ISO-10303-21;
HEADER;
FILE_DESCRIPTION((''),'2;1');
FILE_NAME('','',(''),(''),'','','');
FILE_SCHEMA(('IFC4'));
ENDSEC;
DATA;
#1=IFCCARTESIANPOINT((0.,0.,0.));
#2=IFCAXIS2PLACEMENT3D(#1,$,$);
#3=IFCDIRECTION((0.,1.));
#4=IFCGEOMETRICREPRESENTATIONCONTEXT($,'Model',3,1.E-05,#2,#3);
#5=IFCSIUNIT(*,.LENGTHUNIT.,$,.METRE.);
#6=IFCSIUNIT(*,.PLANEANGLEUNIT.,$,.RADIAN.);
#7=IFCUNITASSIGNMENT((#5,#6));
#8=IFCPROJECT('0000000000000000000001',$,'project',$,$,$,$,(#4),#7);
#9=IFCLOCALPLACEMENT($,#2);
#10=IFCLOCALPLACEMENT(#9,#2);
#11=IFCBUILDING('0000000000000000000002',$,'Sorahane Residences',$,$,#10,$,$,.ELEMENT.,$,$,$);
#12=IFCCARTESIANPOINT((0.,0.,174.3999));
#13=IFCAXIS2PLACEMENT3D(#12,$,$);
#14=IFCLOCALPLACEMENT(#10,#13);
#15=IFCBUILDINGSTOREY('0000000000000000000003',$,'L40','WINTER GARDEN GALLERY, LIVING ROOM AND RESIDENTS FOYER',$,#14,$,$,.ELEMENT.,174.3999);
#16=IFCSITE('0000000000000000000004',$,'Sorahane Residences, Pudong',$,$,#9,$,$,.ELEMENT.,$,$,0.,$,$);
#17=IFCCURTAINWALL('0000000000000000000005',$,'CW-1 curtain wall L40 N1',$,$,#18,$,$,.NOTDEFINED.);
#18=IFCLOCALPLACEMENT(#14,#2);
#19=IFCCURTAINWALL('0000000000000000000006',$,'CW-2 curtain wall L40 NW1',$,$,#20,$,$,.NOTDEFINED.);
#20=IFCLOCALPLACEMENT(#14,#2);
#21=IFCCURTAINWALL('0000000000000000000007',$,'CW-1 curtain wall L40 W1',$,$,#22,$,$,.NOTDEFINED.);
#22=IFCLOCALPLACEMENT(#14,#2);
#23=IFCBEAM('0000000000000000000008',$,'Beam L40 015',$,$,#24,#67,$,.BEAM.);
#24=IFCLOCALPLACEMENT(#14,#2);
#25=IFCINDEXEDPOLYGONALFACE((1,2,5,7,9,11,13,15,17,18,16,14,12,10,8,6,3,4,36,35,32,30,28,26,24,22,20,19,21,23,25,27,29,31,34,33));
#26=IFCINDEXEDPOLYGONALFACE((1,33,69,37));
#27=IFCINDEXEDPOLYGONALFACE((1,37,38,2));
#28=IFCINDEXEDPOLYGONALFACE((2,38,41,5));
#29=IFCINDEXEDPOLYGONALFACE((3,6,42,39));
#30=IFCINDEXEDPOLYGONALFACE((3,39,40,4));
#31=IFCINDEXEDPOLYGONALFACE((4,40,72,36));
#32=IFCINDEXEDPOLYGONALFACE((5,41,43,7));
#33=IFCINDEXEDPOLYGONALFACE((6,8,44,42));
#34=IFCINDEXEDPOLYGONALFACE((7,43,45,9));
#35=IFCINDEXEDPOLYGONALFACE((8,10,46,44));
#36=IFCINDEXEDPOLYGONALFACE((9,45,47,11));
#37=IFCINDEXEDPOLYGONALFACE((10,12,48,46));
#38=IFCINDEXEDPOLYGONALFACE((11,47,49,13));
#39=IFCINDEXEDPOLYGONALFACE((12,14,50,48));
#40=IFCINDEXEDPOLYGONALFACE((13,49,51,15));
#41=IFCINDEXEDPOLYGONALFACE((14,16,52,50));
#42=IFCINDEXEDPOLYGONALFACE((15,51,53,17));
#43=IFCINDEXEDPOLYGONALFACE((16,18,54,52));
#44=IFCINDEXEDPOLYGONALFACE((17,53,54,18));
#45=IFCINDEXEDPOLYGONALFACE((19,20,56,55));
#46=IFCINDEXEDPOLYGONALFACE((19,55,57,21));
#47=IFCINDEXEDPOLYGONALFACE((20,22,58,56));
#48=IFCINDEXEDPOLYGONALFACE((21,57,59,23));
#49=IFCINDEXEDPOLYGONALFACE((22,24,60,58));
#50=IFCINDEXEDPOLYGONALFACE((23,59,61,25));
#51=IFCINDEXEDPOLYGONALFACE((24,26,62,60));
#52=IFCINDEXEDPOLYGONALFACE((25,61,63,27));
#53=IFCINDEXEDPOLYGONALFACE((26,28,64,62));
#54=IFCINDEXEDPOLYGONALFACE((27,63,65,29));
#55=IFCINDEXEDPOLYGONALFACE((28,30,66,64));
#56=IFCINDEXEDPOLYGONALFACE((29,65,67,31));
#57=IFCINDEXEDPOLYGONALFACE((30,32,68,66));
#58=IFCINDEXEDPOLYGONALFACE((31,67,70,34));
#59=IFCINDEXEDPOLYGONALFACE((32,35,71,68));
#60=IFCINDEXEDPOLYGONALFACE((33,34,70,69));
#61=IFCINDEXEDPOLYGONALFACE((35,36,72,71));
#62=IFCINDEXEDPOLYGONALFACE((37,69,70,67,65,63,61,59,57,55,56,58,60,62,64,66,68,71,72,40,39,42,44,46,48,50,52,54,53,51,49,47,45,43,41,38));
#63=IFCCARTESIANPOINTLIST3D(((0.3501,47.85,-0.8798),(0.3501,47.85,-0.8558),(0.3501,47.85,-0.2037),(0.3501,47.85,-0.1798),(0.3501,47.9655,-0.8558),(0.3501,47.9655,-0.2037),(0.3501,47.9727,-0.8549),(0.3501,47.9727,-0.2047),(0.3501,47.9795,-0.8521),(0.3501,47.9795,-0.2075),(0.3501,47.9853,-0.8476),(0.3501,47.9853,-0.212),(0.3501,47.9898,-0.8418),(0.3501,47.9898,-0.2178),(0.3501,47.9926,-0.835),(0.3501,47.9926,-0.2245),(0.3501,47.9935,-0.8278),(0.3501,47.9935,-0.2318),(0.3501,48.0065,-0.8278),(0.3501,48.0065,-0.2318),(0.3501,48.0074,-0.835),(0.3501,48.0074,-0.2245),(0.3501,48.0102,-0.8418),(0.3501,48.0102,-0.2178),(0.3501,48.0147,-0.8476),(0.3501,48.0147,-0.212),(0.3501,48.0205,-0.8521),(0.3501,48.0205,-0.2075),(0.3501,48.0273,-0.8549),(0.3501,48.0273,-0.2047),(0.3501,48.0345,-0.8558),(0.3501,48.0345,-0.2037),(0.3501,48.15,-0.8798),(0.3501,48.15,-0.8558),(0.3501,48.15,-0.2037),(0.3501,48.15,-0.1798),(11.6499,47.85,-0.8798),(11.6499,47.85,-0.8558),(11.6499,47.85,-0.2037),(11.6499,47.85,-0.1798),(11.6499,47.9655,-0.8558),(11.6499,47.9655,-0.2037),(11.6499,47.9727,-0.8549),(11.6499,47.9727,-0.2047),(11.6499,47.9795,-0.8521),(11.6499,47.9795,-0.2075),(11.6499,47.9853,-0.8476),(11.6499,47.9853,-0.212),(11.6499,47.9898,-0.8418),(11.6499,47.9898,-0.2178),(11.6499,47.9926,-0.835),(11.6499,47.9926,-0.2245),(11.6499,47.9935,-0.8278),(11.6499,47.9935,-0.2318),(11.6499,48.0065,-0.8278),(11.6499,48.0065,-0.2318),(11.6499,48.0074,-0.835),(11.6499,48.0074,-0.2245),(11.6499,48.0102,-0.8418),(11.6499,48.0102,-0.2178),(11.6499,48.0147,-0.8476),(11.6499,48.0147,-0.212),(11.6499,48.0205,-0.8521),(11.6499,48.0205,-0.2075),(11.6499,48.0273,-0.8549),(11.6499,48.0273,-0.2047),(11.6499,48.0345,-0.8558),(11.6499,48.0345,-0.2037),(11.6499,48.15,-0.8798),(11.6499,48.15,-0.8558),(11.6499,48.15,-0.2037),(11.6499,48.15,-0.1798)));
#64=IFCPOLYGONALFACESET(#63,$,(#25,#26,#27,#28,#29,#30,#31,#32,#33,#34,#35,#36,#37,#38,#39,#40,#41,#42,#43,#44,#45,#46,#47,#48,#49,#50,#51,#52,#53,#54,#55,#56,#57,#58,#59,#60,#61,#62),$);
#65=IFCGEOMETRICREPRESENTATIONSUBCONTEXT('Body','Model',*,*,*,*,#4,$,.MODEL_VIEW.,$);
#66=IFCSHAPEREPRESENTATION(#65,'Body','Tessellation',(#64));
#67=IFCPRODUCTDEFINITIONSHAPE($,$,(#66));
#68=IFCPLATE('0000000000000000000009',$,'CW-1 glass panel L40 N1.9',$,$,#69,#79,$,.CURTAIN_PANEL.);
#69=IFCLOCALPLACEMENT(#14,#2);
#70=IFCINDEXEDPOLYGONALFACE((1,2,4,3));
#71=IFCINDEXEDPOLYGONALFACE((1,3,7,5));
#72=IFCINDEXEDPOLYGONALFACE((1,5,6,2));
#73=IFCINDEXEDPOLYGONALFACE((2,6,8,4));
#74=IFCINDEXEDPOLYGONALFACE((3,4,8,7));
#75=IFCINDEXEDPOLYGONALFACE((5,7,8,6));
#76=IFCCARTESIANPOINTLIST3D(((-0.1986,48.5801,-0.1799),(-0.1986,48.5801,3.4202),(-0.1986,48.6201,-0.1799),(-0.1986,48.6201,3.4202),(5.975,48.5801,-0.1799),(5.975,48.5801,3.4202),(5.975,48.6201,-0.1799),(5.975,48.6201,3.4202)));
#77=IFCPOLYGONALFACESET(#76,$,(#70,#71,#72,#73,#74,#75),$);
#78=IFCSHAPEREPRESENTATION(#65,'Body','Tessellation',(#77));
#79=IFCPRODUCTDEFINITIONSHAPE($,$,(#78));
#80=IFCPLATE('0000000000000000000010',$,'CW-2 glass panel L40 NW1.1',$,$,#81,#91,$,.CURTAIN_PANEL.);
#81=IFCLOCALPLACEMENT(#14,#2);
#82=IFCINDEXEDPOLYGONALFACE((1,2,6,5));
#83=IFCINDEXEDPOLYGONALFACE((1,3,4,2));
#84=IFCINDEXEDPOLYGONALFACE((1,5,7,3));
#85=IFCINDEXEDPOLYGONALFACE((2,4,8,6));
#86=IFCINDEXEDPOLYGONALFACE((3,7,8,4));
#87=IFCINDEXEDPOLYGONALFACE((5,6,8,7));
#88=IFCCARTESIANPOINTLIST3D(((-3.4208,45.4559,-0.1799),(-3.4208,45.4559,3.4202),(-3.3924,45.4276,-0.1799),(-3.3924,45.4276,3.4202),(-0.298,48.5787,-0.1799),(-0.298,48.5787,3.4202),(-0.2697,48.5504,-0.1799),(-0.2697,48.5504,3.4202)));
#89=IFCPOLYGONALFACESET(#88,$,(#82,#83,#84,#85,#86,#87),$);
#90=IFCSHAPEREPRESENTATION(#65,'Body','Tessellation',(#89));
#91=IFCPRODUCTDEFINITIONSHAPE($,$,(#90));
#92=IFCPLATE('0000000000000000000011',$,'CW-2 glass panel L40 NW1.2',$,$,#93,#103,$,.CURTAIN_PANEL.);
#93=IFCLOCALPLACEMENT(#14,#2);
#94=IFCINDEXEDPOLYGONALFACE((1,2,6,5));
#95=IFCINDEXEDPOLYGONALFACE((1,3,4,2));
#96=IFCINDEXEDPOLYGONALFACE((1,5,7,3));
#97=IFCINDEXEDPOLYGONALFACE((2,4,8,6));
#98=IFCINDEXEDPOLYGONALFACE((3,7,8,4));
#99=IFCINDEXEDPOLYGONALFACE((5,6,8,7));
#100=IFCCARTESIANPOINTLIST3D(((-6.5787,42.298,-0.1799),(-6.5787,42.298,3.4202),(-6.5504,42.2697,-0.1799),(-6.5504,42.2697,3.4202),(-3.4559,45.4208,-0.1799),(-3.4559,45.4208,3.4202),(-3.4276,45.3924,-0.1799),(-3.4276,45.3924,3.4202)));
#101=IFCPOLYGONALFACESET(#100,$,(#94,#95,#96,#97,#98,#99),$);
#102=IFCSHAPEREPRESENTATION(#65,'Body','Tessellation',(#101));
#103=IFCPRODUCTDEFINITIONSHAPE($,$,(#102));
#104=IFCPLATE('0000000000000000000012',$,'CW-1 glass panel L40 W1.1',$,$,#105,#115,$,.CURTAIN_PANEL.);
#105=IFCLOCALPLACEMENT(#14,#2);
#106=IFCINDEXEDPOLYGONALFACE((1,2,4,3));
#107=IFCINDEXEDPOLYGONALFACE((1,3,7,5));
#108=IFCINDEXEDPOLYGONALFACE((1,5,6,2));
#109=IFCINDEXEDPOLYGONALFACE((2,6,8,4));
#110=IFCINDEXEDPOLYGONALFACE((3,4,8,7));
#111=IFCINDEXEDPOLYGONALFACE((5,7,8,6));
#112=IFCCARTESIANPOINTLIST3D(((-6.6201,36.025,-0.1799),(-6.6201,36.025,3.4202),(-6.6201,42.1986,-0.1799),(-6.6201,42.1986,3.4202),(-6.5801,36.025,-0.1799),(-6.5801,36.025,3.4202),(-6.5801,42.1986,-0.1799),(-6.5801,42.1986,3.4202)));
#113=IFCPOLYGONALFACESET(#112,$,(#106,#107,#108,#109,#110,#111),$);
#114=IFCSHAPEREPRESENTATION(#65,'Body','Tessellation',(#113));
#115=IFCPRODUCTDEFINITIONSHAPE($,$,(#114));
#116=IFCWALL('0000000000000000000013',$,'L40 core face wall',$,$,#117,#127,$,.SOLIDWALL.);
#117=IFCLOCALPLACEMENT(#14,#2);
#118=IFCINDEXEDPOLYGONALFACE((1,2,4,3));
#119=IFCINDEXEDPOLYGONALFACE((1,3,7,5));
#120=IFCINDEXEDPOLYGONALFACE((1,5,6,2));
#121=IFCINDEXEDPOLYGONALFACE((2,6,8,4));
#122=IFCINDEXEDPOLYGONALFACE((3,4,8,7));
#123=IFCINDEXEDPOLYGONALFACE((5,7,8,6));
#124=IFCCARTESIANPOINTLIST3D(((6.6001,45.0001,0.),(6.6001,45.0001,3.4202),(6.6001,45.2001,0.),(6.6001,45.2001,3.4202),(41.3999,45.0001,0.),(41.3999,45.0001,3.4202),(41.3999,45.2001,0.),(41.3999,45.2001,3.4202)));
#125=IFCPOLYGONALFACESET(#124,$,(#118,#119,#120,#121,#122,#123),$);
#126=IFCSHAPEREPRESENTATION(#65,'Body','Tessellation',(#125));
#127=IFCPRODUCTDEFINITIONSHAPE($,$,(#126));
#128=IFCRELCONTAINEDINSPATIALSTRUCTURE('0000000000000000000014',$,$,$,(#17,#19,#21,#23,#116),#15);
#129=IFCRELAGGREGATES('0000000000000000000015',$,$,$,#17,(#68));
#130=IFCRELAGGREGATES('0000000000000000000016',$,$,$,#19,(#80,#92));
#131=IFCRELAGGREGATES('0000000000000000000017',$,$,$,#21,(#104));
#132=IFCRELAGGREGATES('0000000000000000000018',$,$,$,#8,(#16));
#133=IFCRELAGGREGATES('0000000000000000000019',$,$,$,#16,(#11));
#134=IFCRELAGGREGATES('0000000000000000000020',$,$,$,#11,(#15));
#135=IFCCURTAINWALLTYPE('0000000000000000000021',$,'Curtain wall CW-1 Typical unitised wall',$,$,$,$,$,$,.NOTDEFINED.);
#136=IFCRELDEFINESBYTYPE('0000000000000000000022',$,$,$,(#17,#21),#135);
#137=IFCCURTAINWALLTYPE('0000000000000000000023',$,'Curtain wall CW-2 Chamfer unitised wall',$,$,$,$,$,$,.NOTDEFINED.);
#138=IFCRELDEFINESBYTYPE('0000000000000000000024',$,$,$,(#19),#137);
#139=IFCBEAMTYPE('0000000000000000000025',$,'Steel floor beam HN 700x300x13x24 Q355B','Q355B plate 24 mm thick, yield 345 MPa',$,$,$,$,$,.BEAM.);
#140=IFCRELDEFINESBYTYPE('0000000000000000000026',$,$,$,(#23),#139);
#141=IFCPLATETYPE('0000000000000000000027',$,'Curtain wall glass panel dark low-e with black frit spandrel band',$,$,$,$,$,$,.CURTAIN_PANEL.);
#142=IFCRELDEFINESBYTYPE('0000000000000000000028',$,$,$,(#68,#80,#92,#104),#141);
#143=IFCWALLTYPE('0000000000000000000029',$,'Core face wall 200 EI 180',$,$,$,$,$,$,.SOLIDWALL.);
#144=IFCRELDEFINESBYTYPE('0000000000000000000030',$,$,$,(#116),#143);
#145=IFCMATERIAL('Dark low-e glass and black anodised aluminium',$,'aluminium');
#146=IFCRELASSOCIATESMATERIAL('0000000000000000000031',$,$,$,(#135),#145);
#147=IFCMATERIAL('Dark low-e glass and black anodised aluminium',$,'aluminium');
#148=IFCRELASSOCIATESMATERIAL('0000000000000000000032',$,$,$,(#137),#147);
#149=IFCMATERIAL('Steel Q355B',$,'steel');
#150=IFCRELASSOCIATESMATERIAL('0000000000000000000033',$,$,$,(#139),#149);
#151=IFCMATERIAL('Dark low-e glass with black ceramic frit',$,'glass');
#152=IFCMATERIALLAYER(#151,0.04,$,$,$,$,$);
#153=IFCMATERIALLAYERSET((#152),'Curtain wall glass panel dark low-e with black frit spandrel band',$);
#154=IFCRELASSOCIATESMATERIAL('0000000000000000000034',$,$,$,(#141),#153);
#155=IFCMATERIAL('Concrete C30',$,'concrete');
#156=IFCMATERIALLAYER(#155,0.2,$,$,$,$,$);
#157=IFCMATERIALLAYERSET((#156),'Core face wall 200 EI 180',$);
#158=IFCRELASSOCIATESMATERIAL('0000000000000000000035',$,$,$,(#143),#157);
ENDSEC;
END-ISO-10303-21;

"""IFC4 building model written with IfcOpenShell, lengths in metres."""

from ifc_helpers import new_model, si_unit, direction, frame, frame_2d, origin, origin_2d, place, context, subcontext, project, spatial, rectangle, i_section, extrude, material, layer, layer_set, material_profile, profile_set, type_object, element, aggregate, save


model = new_model("IFC4")

# Units and contexts
model_context = context("Model", 3, precision=1e-05, world=origin(), true_north=direction((0.0, 1.0)))
body_context = subcontext(model_context, "Body", "Model", "MODEL_VIEW")
ifc_project = project(units=[si_unit("LENGTHUNIT", "METRE"), si_unit("PLANEANGLEUNIT", "RADIAN")], contexts=[model_context])

# Site, building, storey
site_placement = place(None, origin())
site = spatial("IfcSite", under=ifc_project, at=site_placement, Name="Sorahane Residences, Pudong", CompositionType="ELEMENT", RefElevation=0.0)
building_placement = place(site_placement, origin())
building = spatial("IfcBuilding", under=site, at=building_placement, Name="Sorahane Residences", CompositionType="ELEMENT")
storey_placement = place(building_placement, frame((0.0, 0.0, 174.3999)))
storey = spatial("IfcBuildingStorey", under=building, at=storey_placement, Name="L40", Description="WINTER GARDEN GALLERY, LIVING ROOM AND RESIDENTS FOYER", CompositionType="ELEMENT", Elevation=174.3999)

# Curtain walls
ifc_material_1 = material(Name="Dark low-e glass and black anodised aluminium", Category="aluminium")
curtain_wall_type_1 = type_object("IfcCurtainWallType", Name="Curtain wall CW-1 Typical unitised wall", PredefinedType="NOTDEFINED", material=ifc_material_1)
curtain_wall_1_placement = place(storey_placement, origin())
curtain_wall_1 = element("IfcCurtainWall", 1, at=curtain_wall_1_placement, inside=storey, type_object=curtain_wall_type_1, Name="CW-1 curtain wall L40 N1", PredefinedType="NOTDEFINED")
ifc_material_2 = material(Name="Dark low-e glass and black anodised aluminium", Category="aluminium")
curtain_wall_type_2 = type_object("IfcCurtainWallType", Name="Curtain wall CW-2 Chamfer unitised wall", PredefinedType="NOTDEFINED", material=ifc_material_2)
curtain_wall_2_placement = place(storey_placement, origin())
curtain_wall_2 = element("IfcCurtainWall", 2, at=curtain_wall_2_placement, inside=storey, type_object=curtain_wall_type_2, Name="CW-2 curtain wall L40 NW1", PredefinedType="NOTDEFINED")

# Curtain wall
curtain_wall_3_placement = place(storey_placement, origin())
curtain_wall_3 = element("IfcCurtainWall", 3, at=curtain_wall_3_placement, inside=storey, type_object=curtain_wall_type_1, Name="CW-1 curtain wall L40 W1", PredefinedType="NOTDEFINED")

# Beam
ifc_material_3 = material(Name="Steel Q355B", Category="steel")
ifc_material_profile_1 = material_profile(ifc_material_3, i_section(OverallWidth=0.3, OverallDepth=0.7, WebThickness=0.0129, FlangeThickness=0.0239, FilletRadius=0.0281, at=origin_2d()), Name="HN 700x300x13x24")
ifc_profile_set_1 = profile_set([ifc_material_profile_1], Name="Steel Q355B")
beam_type_1 = type_object("IfcBeamType", Name="Steel floor beam HN 700x300x13x24 Q355B", Description="Q355B plate 24 mm thick, yield 345 MPa", PredefinedType="BEAM", material=ifc_profile_set_1)
beam_1_placement = place(storey_placement, frame((0.3501, 48.0, -0.5298), z_axis=(1.0, 0.0, 0.0), x_axis=(0.0, 1.0, 0.0)))
element("IfcBeam", 4, at=beam_1_placement, inside=storey, type_object=beam_type_1, Name="Beam L40 015", PredefinedType="BEAM", context=body_context, shape_type="SweptSolid", body=[
    extrude(i_section(OverallWidth=0.3, OverallDepth=0.7, WebThickness=0.0129, FlangeThickness=0.0239, FilletRadius=0.0281, at=origin_2d()), origin(), (0.0, 0.0, 1.0), 11.2998),
])

# Plates
ifc_material_4 = material(Name="Dark low-e glass with black ceramic frit", Category="glass")
ifc_layer_1 = layer(ifc_material_4, 0.04)
ifc_layer_set_1 = layer_set([ifc_layer_1], Name="Curtain wall glass panel dark low-e with black frit spandrel band")
plate_type = type_object("IfcPlateType", Name="Curtain wall glass panel dark low-e with black frit spandrel band", PredefinedType="CURTAIN_PANEL", material=ifc_layer_set_1)
plate_1_placement = place(storey_placement, frame((2.8882, 48.6001, -0.1799), z_axis=(0.0, 0.0, 1.0), x_axis=(-1.0, 0.0, 0.0)))
plate_1 = element("IfcPlate", 5, at=plate_1_placement, type_object=plate_type, Name="CW-1 glass panel L40 N1.9", PredefinedType="CURTAIN_PANEL", context=body_context, shape_type="SweptSolid", body=[
    extrude(rectangle(XDim=6.1736, YDim=0.04, at=origin_2d()), origin(), (0.0, 0.0, 1.0), 3.6001),
])
aggregate(curtain_wall_1, [plate_1])
plate_2_placement = place(storey_placement, frame((-1.8452, 47.0032, -0.1799), z_axis=(0.0, 0.0, 1.0), x_axis=(-0.707107, -0.707107, 0.0)))
plate_2 = element("IfcPlate", 6, at=plate_2_placement, type_object=plate_type, Name="CW-2 glass panel L40 NW1.1", PredefinedType="CURTAIN_PANEL", context=body_context, shape_type="SweptSolid", body=[
    extrude(rectangle(XDim=4.4163, YDim=0.04, at=origin_2d()), origin(), (0.0, 0.0, 1.0), 3.6001),
])
plate_3_placement = place(storey_placement, frame((-5.0032, 43.8452, -0.1799), z_axis=(0.0, 0.0, 1.0), x_axis=(-0.707107, -0.707107, 0.0)))
plate_3 = element("IfcPlate", 7, at=plate_3_placement, type_object=plate_type, Name="CW-2 glass panel L40 NW1.2", PredefinedType="CURTAIN_PANEL", context=body_context, shape_type="SweptSolid", body=[
    extrude(rectangle(XDim=4.4163, YDim=0.04, at=origin_2d()), origin(), (0.0, 0.0, 1.0), 3.6001),
])
aggregate(curtain_wall_2, [plate_2, plate_3])
plate_4_placement = place(storey_placement, frame((-6.6001, 39.1118, -0.1799), z_axis=(0.0, 0.0, 1.0), x_axis=(0.0, -1.0, 0.0)))
plate_4 = element("IfcPlate", 8, at=plate_4_placement, type_object=plate_type, Name="CW-1 glass panel L40 W1.1", PredefinedType="CURTAIN_PANEL", context=body_context, shape_type="SweptSolid", body=[
    extrude(rectangle(XDim=6.1736, YDim=0.04, at=origin_2d()), origin(), (0.0, 0.0, 1.0), 3.6001),
])
aggregate(curtain_wall_3, [plate_4])

# Wall
ifc_material_5 = material(Name="Concrete C30", Category="concrete")
ifc_layer_2 = layer(ifc_material_5, 0.2)
ifc_layer_set_2 = layer_set([ifc_layer_2], Name="Core face wall 200 EI 180")
wall_type = type_object("IfcWallType", Name="Core face wall 200 EI 180", PredefinedType="SOLIDWALL", material=ifc_layer_set_2)
wall_placement = place(storey_placement, frame((6.6001, 45.1001, 0.0), z_axis=(0.0, 0.0, 1.0), x_axis=(1.0, 0.0, 0.0)))
element("IfcWall", 9, at=wall_placement, inside=storey, type_object=wall_type, Name="L40 core face wall", PredefinedType="SOLIDWALL", context=body_context, shape_type="SweptSolid", body=[
    extrude(rectangle(XDim=34.7998, YDim=0.2, at=frame_2d((17.3999, 0.0))), origin(), (0.0, 0.0, 1.0), 3.4202),
])

save(model, "model.ifc")
